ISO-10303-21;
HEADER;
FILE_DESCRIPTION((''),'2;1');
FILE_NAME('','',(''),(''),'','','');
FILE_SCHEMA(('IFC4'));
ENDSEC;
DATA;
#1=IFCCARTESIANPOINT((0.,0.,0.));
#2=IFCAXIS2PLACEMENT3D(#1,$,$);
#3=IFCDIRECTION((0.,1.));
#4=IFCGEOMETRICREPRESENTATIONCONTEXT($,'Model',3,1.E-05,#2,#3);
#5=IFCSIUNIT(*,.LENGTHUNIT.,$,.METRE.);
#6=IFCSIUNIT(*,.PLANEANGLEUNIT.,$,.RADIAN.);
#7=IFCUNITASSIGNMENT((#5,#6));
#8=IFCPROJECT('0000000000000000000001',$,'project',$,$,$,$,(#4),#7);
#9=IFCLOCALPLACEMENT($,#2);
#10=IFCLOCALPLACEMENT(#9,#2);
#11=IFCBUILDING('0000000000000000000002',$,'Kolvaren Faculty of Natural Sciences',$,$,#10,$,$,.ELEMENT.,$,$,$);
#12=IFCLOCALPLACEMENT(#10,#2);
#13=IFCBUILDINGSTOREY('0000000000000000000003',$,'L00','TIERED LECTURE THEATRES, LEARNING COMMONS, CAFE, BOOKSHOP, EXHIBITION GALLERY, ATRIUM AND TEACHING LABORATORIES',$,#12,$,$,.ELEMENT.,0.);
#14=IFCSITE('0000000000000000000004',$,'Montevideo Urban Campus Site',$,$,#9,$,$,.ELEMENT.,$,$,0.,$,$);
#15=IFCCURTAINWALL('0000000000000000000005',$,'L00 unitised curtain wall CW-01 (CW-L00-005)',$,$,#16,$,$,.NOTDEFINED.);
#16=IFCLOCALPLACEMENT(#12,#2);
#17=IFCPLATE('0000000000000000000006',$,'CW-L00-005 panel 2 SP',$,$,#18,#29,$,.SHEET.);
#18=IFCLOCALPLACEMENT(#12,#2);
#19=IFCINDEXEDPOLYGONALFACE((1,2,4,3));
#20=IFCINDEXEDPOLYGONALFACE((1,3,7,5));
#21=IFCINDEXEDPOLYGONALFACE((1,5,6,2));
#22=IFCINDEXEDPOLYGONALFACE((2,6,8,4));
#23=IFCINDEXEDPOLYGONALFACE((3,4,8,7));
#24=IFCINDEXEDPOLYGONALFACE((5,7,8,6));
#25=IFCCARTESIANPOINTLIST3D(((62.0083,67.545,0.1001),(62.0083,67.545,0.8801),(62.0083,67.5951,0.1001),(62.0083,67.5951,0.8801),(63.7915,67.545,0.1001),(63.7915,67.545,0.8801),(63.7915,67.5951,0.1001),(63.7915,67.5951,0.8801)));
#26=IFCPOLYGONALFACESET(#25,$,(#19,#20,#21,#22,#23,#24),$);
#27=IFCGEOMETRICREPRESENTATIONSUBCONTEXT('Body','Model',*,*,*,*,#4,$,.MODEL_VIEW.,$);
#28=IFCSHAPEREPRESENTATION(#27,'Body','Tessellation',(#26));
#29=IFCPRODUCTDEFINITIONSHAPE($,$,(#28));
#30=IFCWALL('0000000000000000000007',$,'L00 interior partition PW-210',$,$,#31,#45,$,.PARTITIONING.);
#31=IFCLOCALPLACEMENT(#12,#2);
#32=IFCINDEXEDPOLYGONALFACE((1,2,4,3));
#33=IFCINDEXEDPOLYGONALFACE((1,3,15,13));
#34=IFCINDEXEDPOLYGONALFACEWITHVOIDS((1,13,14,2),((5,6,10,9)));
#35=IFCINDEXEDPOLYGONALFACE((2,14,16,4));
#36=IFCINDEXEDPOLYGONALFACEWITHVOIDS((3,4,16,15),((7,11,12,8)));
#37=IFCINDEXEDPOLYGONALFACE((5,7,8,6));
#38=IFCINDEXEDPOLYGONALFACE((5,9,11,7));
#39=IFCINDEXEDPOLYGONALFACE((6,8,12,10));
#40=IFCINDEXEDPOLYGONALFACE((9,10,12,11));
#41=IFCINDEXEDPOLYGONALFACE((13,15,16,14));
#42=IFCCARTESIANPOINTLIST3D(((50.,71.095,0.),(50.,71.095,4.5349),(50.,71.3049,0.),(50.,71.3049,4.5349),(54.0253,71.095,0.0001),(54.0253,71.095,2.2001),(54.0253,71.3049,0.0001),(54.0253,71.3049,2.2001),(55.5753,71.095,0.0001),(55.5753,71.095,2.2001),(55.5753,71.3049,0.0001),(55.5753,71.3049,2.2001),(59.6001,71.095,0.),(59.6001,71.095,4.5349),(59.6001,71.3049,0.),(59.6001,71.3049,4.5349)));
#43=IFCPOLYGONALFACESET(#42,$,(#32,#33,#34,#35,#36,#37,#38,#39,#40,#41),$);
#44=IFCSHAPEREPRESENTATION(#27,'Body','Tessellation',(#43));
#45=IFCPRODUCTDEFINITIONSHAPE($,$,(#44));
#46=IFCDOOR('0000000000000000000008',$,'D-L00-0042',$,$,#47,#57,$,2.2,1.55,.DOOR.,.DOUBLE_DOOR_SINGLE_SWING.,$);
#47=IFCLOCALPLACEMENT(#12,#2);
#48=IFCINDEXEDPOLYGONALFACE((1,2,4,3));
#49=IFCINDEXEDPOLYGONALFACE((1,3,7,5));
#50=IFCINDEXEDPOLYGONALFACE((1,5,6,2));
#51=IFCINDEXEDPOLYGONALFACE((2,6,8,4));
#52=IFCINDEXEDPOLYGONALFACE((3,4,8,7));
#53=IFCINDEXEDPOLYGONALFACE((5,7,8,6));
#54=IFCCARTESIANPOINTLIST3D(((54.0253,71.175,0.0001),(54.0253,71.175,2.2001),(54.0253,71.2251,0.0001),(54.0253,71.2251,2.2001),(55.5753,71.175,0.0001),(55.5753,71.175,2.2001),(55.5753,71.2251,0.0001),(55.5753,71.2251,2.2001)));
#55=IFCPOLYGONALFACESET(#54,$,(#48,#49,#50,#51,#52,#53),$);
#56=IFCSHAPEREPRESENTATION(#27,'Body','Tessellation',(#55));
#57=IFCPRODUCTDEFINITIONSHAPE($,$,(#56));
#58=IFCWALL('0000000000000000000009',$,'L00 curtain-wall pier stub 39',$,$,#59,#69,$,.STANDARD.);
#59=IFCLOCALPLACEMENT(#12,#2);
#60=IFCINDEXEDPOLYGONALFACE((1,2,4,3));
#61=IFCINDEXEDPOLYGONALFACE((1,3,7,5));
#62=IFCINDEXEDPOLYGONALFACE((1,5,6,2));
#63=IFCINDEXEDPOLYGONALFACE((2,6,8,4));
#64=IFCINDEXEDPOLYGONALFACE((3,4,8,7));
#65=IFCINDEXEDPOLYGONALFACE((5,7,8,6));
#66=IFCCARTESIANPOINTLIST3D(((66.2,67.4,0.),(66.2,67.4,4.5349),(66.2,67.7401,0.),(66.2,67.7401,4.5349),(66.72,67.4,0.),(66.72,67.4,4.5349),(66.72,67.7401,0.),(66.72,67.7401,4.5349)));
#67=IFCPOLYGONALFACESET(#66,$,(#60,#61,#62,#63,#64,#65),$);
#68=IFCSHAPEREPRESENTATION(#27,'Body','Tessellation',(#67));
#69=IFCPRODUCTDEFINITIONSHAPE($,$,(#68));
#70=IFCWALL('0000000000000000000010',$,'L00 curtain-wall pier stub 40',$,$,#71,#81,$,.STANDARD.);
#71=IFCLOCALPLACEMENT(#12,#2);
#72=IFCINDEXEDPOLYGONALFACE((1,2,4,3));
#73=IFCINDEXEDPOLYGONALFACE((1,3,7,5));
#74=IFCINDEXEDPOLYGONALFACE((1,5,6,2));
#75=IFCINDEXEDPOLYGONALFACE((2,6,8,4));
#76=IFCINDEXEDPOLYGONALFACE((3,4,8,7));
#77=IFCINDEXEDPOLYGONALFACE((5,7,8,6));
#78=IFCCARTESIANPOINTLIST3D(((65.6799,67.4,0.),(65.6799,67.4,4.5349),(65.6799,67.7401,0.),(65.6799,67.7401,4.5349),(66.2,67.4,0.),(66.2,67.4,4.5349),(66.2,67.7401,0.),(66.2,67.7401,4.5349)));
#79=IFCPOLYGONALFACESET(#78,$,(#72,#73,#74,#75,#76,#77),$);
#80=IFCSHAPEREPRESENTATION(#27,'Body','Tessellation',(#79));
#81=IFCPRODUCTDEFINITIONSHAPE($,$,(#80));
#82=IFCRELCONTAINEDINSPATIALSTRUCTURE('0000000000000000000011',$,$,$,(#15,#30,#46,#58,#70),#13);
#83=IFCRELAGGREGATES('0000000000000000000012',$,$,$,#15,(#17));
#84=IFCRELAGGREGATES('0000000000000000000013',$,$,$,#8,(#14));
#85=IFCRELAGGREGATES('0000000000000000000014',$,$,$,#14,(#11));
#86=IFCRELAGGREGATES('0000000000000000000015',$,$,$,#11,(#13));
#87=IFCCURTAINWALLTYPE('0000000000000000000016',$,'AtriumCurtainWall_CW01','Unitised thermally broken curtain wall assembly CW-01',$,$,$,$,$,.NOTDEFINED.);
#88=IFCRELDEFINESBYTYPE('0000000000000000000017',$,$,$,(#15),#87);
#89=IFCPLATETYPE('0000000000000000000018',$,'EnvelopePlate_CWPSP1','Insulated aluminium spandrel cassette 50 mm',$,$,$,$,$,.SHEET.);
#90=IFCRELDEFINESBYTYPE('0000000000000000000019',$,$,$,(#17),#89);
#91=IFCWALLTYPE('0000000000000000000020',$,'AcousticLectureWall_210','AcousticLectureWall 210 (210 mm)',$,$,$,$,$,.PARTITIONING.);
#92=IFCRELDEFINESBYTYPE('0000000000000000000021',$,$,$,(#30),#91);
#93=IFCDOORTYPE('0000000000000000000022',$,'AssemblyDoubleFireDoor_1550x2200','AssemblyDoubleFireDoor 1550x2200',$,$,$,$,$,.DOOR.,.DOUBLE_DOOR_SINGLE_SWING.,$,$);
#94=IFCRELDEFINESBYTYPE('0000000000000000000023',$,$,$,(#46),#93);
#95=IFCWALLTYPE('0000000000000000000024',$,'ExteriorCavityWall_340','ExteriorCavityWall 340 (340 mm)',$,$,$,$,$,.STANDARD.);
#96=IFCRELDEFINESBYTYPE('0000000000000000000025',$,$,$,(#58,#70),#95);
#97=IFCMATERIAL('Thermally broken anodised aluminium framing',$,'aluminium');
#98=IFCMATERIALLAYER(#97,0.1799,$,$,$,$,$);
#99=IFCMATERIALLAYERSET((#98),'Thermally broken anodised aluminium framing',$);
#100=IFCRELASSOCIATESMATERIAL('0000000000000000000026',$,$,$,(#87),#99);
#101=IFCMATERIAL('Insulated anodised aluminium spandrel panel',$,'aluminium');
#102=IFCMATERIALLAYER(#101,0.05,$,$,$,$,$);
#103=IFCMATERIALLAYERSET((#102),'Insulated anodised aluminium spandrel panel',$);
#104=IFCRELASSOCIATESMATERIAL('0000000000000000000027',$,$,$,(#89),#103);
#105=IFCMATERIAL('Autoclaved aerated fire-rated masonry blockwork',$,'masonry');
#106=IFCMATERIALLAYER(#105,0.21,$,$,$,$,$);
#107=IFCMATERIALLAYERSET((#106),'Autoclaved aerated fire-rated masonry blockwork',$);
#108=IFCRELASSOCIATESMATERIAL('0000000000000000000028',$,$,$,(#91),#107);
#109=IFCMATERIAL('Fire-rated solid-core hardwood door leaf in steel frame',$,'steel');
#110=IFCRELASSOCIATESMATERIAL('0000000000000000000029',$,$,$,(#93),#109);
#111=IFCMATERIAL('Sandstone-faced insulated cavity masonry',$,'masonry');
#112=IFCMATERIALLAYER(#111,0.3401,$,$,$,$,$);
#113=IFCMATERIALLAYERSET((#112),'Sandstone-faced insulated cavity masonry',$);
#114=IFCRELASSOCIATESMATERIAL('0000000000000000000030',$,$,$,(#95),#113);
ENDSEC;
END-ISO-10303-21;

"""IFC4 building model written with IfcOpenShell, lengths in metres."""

from ifc_helpers import new_model, si_unit, direction, frame, frame_2d, origin, origin_2d, place, context, subcontext, project, spatial, rectangle, extrude, material, layer, layer_set, type_object, element, fill, aggregate, save


model = new_model("IFC4")

# Units and contexts
model_context = context("Model", 3, precision=1e-05, world=origin(), true_north=direction((0.0, 1.0)))
body_context = subcontext(model_context, "Body", "Model", "MODEL_VIEW")
ifc_project = project(units=[si_unit("LENGTHUNIT", "METRE"), si_unit("PLANEANGLEUNIT", "RADIAN")], contexts=[model_context])

# Site, building, storey
site_placement = place(None, origin())
site = spatial("IfcSite", under=ifc_project, at=site_placement, Name="Montevideo Urban Campus Site", CompositionType="ELEMENT", RefElevation=0.0)
building_placement = place(site_placement, origin())
building = spatial("IfcBuilding", under=site, at=building_placement, Name="Kolvaren Faculty of Natural Sciences", CompositionType="ELEMENT")
storey_placement = place(building_placement, origin())
storey = spatial("IfcBuildingStorey", under=building, at=storey_placement, Name="L00", Description="TIERED LECTURE THEATRES, LEARNING COMMONS, CAFE, BOOKSHOP, EXHIBITION GALLERY, ATRIUM AND TEACHING LABORATORIES", CompositionType="ELEMENT", Elevation=0.0)

# Curtain wall
ifc_material_1 = material(Name="Thermally broken anodised aluminium framing", Category="aluminium")
ifc_layer_1 = layer(ifc_material_1, 0.1799)
ifc_layer_set_1 = layer_set([ifc_layer_1], Name="Thermally broken anodised aluminium framing")
curtain_wall_type = type_object("IfcCurtainWallType", Name="AtriumCurtainWall_CW01", Description="Unitised thermally broken curtain wall assembly CW-01", PredefinedType="NOTDEFINED", material=ifc_layer_set_1)
curtain_wall_placement = place(storey_placement, origin())
curtain_wall = element("IfcCurtainWall", 1, at=curtain_wall_placement, inside=storey, type_object=curtain_wall_type, Name="L00 unitised curtain wall CW-01 (CW-L00-005)", PredefinedType="NOTDEFINED")

# Plate
ifc_material_2 = material(Name="Insulated anodised aluminium spandrel panel", Category="aluminium")
ifc_layer_2 = layer(ifc_material_2, 0.05)
ifc_layer_set_2 = layer_set([ifc_layer_2], Name="Insulated anodised aluminium spandrel panel")
plate_type_1 = type_object("IfcPlateType", Name="EnvelopePlate_CWPSP1", Description="Insulated aluminium spandrel cassette 50 mm", PredefinedType="SHEET", material=ifc_layer_set_2)
plate_1_placement = place(storey_placement, frame((62.8999, 67.5701, 0.1001), z_axis=(0.0, 0.0, 1.0), x_axis=(-1.0, 0.0, 0.0)))
plate_1 = element("IfcPlate", 2, at=plate_1_placement, type_object=plate_type_1, Name="CW-L00-005 panel 2 SP", PredefinedType="SHEET", context=body_context, shape_type="SweptSolid", body=[
    extrude(rectangle(XDim=1.7832, YDim=0.05, at=origin_2d()), origin(), (0.0, 0.0, 1.0), 0.78),
])
aggregate(curtain_wall, [plate_1])

# Wall, opening, door
ifc_material_3 = material(Name="Autoclaved aerated fire-rated masonry blockwork", Category="masonry")
ifc_layer_3 = layer(ifc_material_3, 0.21)
ifc_layer_set_3 = layer_set([ifc_layer_3], Name="Autoclaved aerated fire-rated masonry blockwork")
wall_type_1 = type_object("IfcWallType", Name="AcousticLectureWall_210", Description="AcousticLectureWall 210 (210 mm)", PredefinedType="PARTITIONING", material=ifc_layer_set_3)
wall_placement = place(storey_placement, frame((59.6001, 71.2, 0.0), z_axis=(0.0, 0.0, 1.0), x_axis=(-1.0, 0.0, 0.0)))
wall = element("IfcWall", 3, at=wall_placement, inside=storey, type_object=wall_type_1, Name="L00 interior partition PW-210", PredefinedType="PARTITIONING", context=body_context, shape_type="SweptSolid", body=[
    extrude(rectangle(XDim=9.6001, YDim=0.21, at=frame_2d((4.8, 0.0))), origin(), (0.0, 0.0, 1.0), 4.5349),
])
opening_placement = place(wall_placement, frame((4.0249, 0.0, 0.0)))
opening = element("IfcOpeningElement", 4, at=opening_placement, cuts=wall, PredefinedType="OPENING", context=body_context, shape_type="SweptSolid", body=[
    extrude(rectangle(XDim=1.55, YDim=2.2, at=frame_2d((0.7749, 1.1001))), frame((0.0, 0.115, 0.0), z_axis=(0.0, -1.0, 0.0), x_axis=(1.0, 0.0, 0.0)), (0.0, 0.0, 1.0), 0.23),
])
ifc_material_4 = material(Name="Fire-rated solid-core hardwood door leaf in steel frame", Category="steel")
door_type = type_object("IfcDoorType", Name="AssemblyDoubleFireDoor_1550x2200", Description="AssemblyDoubleFireDoor 1550x2200", OperationType="DOUBLE_DOOR_SINGLE_SWING", PredefinedType="DOOR", material=ifc_material_4)
door_placement = place(opening_placement, origin())
door = element("IfcDoor", 5, at=door_placement, inside=storey, type_object=door_type, Name="D-L00-0042", OperationType="DOUBLE_DOOR_SINGLE_SWING", OverallHeight=2.2, OverallWidth=1.55, PredefinedType="DOOR", context=body_context, shape_type="SweptSolid", body=[
    extrude(rectangle(XDim=1.55, YDim=2.2, at=frame_2d((0.7749, 1.1001))), frame((0.0, 0.0249, 0.0), z_axis=(0.0, -1.0, 0.0), x_axis=(1.0, 0.0, 0.0)), (0.0, 0.0, 1.0), 0.05),
])
fill(opening, door)

# Walls
ifc_material_5 = material(Name="Sandstone-faced insulated cavity masonry", Category="masonry")
ifc_layer_4 = layer(ifc_material_5, 0.3401)
ifc_layer_set_4 = layer_set([ifc_layer_4], Name="Sandstone-faced insulated cavity masonry")
wall_type_2 = type_object("IfcWallType", Name="ExteriorCavityWall_340", Description="ExteriorCavityWall 340 (340 mm)", PredefinedType="STANDARD", material=ifc_layer_set_4)
for number, where, z_axis, x_axis, name in (
    (6, (66.72, 67.5701, 0.0), (0.0, 0.0, 1.0), (-1.0, 0.0, 0.0), "L00 curtain-wall pier stub 39"),
    (7, (66.2, 67.5701, 0.0), (0.0, 0.0, 1.0), (-1.0, 0.0, 0.0), "L00 curtain-wall pier stub 40"),
):
    element("IfcWall", number, at=place(storey_placement, frame(where, z_axis=z_axis, x_axis=x_axis)), inside=storey, type_object=wall_type_2, Name=name, PredefinedType="STANDARD", context=body_context, shape_type="SweptSolid", body=[
        extrude(rectangle(XDim=0.52, YDim=0.3401, at=frame_2d((0.26, 0.0))), origin(), (0.0, 0.0, 1.0), 4.5349),
    ])

save(model, "model.ifc")
